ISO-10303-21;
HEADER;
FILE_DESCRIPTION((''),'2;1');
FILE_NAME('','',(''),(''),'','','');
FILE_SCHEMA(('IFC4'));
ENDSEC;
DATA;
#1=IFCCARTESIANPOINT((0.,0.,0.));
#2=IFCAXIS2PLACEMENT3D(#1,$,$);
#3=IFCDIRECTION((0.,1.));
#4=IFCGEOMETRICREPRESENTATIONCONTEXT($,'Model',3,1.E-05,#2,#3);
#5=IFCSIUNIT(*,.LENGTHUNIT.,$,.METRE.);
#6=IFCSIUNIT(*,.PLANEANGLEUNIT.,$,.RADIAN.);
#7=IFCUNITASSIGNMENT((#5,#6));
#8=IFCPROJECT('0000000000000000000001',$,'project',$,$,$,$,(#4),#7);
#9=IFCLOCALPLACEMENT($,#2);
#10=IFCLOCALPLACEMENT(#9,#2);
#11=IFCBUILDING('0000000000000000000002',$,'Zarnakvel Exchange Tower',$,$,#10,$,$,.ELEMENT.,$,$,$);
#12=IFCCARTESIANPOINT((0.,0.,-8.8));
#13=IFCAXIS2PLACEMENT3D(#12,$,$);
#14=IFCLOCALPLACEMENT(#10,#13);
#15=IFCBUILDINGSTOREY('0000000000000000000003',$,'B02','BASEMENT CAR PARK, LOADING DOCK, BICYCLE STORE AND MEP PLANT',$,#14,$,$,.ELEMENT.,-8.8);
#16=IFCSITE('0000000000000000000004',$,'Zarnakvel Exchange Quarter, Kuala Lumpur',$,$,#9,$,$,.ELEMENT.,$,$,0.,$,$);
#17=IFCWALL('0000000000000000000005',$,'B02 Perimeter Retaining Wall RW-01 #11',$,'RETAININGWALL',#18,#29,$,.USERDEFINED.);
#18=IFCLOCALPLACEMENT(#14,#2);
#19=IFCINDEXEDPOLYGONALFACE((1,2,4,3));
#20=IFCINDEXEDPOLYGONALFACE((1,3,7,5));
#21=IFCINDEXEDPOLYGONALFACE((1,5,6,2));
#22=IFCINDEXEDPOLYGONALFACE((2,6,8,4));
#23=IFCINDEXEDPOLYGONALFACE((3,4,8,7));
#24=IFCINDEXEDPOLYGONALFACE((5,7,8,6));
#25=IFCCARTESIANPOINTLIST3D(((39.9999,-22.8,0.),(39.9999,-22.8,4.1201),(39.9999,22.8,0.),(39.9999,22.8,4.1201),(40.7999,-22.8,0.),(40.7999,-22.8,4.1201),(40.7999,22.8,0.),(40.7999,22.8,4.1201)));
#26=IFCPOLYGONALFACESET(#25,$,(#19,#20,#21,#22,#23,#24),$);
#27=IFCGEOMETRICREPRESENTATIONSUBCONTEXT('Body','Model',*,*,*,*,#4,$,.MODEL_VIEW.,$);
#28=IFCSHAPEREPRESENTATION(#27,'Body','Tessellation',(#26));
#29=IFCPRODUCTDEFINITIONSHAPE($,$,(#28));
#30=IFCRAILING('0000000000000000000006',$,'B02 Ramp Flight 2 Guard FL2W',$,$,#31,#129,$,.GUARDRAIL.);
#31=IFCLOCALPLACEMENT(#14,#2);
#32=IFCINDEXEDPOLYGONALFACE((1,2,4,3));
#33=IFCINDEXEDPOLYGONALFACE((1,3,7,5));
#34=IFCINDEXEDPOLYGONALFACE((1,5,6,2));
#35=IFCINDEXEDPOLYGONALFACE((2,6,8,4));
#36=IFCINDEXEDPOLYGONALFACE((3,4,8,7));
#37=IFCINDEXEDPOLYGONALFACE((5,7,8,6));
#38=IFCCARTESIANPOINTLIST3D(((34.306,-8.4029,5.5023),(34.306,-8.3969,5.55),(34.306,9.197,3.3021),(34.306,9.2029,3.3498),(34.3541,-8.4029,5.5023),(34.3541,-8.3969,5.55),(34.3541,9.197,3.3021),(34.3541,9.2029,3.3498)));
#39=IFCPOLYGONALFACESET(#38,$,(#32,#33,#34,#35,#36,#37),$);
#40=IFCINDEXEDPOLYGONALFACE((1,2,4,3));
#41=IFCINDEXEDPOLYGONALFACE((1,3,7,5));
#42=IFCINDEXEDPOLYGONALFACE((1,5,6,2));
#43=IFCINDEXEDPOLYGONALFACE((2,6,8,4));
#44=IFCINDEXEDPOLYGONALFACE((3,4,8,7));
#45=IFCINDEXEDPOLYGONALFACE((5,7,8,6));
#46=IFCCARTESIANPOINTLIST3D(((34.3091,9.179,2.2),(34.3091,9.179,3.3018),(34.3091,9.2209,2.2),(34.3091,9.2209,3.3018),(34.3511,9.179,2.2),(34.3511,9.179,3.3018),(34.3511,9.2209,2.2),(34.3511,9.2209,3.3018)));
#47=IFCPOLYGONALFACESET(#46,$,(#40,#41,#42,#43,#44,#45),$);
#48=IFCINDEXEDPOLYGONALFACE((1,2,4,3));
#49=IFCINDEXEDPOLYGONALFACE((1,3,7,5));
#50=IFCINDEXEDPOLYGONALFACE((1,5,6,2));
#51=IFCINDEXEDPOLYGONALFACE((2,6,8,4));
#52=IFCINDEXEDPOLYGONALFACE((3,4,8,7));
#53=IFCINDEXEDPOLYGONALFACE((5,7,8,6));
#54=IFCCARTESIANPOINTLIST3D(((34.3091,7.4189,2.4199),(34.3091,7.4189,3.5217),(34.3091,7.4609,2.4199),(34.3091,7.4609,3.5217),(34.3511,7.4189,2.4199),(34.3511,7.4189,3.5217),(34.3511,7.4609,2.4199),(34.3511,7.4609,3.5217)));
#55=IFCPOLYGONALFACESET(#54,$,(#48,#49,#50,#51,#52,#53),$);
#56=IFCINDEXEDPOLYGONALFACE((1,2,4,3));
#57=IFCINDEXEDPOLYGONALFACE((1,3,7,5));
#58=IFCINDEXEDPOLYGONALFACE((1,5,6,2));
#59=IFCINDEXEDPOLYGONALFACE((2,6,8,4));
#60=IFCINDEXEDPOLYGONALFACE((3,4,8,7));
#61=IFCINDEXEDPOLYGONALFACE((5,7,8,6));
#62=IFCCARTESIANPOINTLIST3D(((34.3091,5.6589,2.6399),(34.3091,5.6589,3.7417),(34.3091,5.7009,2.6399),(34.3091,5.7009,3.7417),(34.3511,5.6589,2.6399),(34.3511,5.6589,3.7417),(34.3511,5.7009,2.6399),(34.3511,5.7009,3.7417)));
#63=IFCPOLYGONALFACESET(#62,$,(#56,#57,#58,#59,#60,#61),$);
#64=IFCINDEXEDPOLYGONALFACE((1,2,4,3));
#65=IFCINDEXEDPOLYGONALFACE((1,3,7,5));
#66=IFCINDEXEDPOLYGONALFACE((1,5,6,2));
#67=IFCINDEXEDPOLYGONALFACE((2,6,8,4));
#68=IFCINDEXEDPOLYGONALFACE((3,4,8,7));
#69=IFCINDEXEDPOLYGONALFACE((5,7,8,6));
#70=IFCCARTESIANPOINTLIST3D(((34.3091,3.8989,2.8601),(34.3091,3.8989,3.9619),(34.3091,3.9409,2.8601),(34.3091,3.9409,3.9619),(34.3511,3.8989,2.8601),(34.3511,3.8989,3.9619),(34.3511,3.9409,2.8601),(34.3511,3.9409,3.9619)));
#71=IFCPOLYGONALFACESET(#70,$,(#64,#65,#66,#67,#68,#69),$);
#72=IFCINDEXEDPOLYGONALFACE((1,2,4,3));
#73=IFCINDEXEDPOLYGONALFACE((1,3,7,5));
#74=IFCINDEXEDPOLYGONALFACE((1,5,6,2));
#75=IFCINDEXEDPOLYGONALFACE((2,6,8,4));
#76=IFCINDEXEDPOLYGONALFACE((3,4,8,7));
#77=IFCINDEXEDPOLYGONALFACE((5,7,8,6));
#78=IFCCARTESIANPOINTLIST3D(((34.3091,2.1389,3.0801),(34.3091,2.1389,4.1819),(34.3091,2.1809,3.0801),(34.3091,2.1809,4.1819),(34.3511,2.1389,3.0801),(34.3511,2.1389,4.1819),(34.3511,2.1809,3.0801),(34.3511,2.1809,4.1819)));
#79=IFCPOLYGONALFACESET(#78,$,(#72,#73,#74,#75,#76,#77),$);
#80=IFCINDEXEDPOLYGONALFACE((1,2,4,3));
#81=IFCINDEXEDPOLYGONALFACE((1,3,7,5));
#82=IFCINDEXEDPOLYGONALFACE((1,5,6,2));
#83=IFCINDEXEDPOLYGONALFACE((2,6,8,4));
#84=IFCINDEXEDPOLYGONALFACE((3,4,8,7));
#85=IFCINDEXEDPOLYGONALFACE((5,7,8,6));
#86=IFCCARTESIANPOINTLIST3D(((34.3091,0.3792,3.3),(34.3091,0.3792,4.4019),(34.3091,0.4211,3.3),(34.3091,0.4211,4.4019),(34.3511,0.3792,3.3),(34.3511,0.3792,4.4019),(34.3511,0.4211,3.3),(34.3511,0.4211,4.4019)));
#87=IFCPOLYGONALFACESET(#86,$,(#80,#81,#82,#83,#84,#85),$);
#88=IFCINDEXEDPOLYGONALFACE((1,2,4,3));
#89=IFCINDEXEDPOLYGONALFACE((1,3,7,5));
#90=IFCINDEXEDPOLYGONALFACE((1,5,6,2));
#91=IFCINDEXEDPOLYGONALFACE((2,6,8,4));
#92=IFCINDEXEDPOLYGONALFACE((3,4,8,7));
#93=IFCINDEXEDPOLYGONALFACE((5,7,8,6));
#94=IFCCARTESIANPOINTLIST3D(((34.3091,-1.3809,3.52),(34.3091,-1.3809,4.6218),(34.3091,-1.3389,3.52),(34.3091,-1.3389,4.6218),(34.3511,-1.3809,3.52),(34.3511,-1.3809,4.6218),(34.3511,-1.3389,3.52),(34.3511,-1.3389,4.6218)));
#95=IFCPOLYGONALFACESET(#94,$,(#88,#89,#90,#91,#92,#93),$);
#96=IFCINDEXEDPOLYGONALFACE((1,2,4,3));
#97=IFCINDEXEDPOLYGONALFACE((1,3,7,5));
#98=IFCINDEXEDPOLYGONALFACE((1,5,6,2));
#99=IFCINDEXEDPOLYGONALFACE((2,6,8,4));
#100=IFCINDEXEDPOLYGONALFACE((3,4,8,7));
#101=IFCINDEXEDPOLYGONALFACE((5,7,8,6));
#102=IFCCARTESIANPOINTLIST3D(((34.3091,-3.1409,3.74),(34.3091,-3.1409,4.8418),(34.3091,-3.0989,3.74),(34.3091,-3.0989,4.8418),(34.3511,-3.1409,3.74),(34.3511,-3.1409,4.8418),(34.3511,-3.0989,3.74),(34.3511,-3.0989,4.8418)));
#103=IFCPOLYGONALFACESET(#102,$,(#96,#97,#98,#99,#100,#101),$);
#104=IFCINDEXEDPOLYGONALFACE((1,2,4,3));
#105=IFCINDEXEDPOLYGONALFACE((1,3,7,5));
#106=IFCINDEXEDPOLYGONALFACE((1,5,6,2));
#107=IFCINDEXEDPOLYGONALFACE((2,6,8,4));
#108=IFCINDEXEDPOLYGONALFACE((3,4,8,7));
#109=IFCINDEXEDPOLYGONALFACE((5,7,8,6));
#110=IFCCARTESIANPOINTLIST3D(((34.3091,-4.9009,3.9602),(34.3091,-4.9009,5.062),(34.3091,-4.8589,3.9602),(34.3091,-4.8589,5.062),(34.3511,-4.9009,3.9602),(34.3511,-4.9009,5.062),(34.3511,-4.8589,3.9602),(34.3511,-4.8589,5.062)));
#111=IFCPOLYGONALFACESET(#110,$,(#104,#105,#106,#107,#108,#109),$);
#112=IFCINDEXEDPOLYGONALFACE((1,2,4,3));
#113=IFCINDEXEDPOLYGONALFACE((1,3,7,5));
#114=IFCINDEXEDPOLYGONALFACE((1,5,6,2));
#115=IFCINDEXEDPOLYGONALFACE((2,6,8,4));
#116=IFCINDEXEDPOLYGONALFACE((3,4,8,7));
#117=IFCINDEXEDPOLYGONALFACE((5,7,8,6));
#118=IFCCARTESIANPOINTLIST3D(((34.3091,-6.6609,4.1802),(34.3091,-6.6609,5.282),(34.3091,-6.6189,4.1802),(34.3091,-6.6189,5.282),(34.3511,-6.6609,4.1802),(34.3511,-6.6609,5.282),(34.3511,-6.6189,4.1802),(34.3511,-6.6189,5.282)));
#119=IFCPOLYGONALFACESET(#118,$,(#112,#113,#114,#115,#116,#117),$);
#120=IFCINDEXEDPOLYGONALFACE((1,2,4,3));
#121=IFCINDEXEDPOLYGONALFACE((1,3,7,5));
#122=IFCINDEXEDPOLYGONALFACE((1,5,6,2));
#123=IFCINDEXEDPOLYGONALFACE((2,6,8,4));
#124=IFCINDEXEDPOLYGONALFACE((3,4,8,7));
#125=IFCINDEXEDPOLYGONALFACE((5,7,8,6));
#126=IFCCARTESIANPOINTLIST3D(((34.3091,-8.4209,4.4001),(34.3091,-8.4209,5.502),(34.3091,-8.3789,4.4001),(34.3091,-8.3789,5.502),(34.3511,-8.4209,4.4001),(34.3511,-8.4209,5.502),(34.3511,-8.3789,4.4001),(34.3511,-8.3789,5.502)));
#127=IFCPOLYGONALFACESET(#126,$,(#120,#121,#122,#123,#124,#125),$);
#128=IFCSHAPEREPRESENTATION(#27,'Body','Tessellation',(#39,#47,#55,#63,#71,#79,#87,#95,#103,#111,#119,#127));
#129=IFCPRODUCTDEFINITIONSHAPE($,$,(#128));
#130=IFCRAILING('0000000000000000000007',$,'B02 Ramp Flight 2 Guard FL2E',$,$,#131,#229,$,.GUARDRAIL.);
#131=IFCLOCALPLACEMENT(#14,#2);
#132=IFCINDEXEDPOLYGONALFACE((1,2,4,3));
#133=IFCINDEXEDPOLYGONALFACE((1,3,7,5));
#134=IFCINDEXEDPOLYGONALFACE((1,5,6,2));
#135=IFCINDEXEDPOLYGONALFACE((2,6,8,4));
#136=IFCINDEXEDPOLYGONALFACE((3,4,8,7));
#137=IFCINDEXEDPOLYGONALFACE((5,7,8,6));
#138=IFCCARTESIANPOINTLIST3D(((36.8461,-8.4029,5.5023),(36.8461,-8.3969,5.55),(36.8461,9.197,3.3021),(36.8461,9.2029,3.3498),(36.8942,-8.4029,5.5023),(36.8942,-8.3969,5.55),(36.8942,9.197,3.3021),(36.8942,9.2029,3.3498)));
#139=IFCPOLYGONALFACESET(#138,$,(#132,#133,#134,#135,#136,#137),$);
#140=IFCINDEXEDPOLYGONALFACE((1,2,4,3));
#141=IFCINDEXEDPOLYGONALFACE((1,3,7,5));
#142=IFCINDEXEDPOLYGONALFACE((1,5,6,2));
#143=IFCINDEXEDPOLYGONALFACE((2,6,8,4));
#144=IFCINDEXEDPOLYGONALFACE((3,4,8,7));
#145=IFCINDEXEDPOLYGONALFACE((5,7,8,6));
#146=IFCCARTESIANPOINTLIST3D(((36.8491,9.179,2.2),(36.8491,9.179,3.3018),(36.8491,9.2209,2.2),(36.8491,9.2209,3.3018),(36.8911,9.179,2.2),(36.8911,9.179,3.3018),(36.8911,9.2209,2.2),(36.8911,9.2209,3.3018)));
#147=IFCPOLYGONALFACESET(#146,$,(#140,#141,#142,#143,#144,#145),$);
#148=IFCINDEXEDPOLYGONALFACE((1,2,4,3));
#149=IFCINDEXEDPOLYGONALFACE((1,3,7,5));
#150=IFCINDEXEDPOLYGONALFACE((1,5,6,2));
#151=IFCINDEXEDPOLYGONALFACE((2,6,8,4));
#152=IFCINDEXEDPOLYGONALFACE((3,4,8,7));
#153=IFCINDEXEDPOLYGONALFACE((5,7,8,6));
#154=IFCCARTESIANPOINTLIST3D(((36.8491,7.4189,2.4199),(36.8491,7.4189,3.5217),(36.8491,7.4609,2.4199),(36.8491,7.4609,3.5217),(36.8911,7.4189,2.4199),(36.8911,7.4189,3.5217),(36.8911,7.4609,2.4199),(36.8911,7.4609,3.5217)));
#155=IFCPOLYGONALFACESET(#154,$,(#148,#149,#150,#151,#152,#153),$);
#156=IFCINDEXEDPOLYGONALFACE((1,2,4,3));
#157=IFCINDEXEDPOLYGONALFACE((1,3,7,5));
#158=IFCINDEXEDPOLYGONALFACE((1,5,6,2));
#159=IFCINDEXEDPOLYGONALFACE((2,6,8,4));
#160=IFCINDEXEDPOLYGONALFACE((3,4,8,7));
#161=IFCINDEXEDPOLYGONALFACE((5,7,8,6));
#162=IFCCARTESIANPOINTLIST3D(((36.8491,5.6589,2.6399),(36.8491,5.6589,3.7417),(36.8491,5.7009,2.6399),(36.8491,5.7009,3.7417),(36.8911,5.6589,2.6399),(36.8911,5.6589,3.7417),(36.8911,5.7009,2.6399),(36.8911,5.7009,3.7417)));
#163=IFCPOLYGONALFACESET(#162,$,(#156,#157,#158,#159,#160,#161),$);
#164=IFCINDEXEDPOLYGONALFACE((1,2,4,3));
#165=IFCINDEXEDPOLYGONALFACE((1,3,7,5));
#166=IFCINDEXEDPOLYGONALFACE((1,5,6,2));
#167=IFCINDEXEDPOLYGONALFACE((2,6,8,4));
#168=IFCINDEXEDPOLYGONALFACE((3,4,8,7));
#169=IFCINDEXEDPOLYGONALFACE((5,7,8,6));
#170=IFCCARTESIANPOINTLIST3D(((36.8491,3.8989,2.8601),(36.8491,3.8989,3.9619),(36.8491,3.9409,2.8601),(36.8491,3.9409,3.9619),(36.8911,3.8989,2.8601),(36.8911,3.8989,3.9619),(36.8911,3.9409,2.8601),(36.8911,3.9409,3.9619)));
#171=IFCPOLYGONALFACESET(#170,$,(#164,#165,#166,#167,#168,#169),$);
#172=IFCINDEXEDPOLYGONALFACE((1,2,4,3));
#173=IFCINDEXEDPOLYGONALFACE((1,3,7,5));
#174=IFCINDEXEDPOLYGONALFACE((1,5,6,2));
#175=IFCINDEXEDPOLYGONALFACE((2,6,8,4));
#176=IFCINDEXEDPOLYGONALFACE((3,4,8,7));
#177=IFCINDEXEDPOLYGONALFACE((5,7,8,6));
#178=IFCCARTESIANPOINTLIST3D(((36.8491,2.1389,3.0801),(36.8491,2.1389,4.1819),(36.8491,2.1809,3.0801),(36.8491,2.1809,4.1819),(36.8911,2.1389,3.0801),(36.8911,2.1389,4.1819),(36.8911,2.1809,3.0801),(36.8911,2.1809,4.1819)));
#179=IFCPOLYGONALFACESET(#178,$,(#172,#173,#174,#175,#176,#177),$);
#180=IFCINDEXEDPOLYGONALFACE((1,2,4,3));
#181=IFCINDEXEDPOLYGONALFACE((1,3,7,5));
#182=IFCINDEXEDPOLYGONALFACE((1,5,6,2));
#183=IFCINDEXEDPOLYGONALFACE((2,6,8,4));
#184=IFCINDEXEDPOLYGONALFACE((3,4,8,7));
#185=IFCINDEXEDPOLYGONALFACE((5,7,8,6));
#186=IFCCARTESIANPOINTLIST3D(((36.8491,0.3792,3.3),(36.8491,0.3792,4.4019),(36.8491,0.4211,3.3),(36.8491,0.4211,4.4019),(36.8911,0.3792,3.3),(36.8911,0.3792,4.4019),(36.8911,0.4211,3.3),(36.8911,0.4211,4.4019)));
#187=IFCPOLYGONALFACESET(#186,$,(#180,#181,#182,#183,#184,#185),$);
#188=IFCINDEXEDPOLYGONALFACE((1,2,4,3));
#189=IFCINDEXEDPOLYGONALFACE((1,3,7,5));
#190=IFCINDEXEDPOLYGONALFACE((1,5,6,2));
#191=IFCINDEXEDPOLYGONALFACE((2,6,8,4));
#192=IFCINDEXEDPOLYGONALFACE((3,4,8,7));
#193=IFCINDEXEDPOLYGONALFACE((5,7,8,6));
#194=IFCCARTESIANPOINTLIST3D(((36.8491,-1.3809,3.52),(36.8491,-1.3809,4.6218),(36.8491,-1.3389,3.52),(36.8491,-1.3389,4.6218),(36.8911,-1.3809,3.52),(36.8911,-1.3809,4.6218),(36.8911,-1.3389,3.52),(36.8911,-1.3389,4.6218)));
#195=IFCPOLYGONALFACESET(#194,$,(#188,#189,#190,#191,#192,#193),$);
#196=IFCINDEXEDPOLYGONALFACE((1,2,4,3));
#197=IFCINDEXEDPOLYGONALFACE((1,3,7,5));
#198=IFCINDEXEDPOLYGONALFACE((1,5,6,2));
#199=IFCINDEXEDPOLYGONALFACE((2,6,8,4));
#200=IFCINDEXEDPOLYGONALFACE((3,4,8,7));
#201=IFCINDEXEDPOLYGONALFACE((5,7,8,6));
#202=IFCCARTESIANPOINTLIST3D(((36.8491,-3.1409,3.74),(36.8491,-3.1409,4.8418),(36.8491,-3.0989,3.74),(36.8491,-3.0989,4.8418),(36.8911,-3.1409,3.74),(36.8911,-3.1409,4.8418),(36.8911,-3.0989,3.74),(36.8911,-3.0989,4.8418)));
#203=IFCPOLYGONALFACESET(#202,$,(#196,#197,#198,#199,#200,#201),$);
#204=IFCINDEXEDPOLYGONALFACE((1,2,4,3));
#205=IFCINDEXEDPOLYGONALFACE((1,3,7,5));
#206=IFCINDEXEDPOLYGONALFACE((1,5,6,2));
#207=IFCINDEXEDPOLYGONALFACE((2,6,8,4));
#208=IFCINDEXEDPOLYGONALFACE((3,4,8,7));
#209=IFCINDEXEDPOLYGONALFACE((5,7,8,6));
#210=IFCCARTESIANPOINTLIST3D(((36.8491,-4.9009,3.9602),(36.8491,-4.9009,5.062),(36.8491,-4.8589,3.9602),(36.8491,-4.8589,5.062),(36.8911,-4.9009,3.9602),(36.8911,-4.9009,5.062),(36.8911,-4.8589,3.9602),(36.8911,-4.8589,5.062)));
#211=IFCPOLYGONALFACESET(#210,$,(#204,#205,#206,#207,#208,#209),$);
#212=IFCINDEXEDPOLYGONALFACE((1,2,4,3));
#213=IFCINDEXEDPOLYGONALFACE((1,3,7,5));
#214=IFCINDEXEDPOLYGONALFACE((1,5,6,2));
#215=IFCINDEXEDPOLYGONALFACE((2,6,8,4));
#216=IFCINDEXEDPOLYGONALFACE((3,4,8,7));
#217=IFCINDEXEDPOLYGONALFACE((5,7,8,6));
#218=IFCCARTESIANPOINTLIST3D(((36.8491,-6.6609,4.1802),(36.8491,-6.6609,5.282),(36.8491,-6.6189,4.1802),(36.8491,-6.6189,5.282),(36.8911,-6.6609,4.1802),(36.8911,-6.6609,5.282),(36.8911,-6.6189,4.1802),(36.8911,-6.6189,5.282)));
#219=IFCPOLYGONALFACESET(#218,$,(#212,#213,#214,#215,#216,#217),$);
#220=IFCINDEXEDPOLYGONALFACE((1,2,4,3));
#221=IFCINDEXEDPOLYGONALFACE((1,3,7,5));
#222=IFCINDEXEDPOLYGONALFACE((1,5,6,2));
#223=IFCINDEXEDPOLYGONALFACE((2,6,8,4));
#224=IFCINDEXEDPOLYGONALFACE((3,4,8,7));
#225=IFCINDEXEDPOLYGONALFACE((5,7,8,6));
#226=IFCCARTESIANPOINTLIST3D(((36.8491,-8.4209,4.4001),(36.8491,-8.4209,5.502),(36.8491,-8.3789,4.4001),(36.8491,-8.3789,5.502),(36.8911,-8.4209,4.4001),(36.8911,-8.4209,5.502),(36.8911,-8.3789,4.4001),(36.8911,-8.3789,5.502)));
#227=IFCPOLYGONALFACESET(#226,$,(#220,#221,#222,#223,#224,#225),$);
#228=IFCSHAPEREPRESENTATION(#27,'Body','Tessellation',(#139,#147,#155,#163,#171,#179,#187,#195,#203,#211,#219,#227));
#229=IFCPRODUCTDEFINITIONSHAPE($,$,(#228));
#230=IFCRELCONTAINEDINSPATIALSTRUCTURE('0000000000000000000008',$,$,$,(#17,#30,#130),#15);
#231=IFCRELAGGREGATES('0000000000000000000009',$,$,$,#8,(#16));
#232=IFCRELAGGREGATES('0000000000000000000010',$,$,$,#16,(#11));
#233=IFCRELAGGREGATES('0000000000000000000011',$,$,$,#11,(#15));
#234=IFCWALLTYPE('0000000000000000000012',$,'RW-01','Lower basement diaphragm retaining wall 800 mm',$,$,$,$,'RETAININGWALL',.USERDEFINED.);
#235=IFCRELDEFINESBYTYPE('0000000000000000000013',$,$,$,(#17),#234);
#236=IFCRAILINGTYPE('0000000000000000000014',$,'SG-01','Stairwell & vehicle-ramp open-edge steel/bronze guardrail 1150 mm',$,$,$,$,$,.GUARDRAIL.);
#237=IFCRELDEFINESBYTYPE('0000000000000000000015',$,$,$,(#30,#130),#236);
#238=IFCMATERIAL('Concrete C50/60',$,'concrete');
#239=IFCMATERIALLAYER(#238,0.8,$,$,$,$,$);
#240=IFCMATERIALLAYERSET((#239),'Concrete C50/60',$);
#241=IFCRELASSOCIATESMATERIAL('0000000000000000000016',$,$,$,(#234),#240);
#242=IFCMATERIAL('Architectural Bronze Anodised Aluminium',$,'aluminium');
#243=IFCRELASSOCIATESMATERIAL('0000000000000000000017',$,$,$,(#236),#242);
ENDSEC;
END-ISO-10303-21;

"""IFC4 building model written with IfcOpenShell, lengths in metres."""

from ifc_helpers import new_model, si_unit, direction, frame, frame_2d, origin, origin_2d, place, context, subcontext, project, spatial, rectangle, extrude, material, layer, layer_set, type_object, element, save


model = new_model("IFC4")

# Units and contexts
model_context = context("Model", 3, precision=1e-05, world=origin(), true_north=direction((0.0, 1.0)))
body_context = subcontext(model_context, "Body", "Model", "MODEL_VIEW")
ifc_project = project(units=[si_unit("LENGTHUNIT", "METRE"), si_unit("PLANEANGLEUNIT", "RADIAN")], contexts=[model_context])

# Site, building, storey
site_placement = place(None, origin())
site = spatial("IfcSite", under=ifc_project, at=site_placement, Name="Zarnakvel Exchange Quarter, Kuala Lumpur", CompositionType="ELEMENT", RefElevation=0.0)
building_placement = place(site_placement, origin())
building = spatial("IfcBuilding", under=site, at=building_placement, Name="Zarnakvel Exchange Tower", CompositionType="ELEMENT")
storey_placement = place(building_placement, frame((0.0, 0.0, -8.8)))
storey = spatial("IfcBuildingStorey", under=building, at=storey_placement, Name="B02", Description="BASEMENT CAR PARK, LOADING DOCK, BICYCLE STORE AND MEP PLANT", CompositionType="ELEMENT", Elevation=-8.8)

# Shared definitions
ifc_material_1 = material(Name="Concrete C50/60", Category="concrete")

# Wall
ifc_layer_1 = layer(ifc_material_1, 0.8)
ifc_layer_set_1 = layer_set([ifc_layer_1], Name="Concrete C50/60")
wall_type_1 = type_object("IfcWallType", Name="RW-01", Description="Lower basement diaphragm retaining wall 800 mm", ElementType="RETAININGWALL", PredefinedType="USERDEFINED", material=ifc_layer_set_1)
wall_1_placement = place(storey_placement, frame((40.3999, 22.8, 0.0), z_axis=(0.0, 0.0, 1.0), x_axis=(0.0, -1.0, 0.0)))
element("IfcWall", 1, at=wall_1_placement, inside=storey, type_object=wall_type_1, Name="B02 Perimeter Retaining Wall RW-01 #11", ObjectType="RETAININGWALL", PredefinedType="USERDEFINED", context=body_context, shape_type="SweptSolid", body=[
    extrude(rectangle(XDim=45.6001, YDim=0.8, at=frame_2d((22.8, 0.0))), origin(), (0.0, 0.0, 1.0), 4.1201),
])

# Railings
ifc_material_2 = material(Name="Architectural Bronze Anodised Aluminium", Category="aluminium")
railing_type = type_object("IfcRailingType", Name="SG-01", Description="Stairwell & vehicle-ramp open-edge steel/bronze guardrail 1150 mm", PredefinedType="GUARDRAIL", material=ifc_material_2)
railing_1_placement = place(storey_placement, frame((34.3301, 9.2, 2.2)))
element("IfcRailing", 2, at=railing_1_placement, inside=storey, type_object=railing_type, Name="B02 Ramp Flight 2 Guard FL2W", PredefinedType="GUARDRAIL", context=body_context, shape_type="SweptSolid", body=[
    extrude(rectangle(XDim=0.0481, YDim=0.0481, at=origin_2d()), frame((0.0, 0.0, 1.126), z_axis=(0.0, -0.992276, 0.124047), x_axis=(1.0, 0.0, 0.0)), (0.0, 0.0, 1.0), 17.7368),
    extrude(rectangle(XDim=0.042, YDim=0.042, at=origin_2d()), origin(), (0.0, 0.0, 1.0), 1.1018),
    extrude(rectangle(XDim=0.042, YDim=0.042, at=origin_2d()), frame((0.0, -1.76, 0.22)), (0.0, 0.0, 1.0), 1.1018),
    extrude(rectangle(XDim=0.042, YDim=0.042, at=origin_2d()), frame((0.0, -3.52, 0.4399)), (0.0, 0.0, 1.0), 1.1018),
    extrude(rectangle(XDim=0.042, YDim=0.042, at=origin_2d()), frame((0.0, -5.28, 0.6602)), (0.0, 0.0, 1.0), 1.1018),
    extrude(rectangle(XDim=0.042, YDim=0.042, at=origin_2d()), frame((0.0, -7.04, 0.8801)), (0.0, 0.0, 1.0), 1.1018),
    extrude(rectangle(XDim=0.042, YDim=0.042, at=origin_2d()), frame((0.0, -8.7998, 1.1001)), (0.0, 0.0, 1.0), 1.1018),
    extrude(rectangle(XDim=0.042, YDim=0.042, at=origin_2d()), frame((0.0, -10.5598, 1.3201)), (0.0, 0.0, 1.0), 1.1018),
    extrude(rectangle(XDim=0.042, YDim=0.042, at=origin_2d()), frame((0.0, -12.3198, 1.54)), (0.0, 0.0, 1.0), 1.1018),
    extrude(rectangle(XDim=0.042, YDim=0.042, at=origin_2d()), frame((0.0, -14.0798, 1.7603)), (0.0, 0.0, 1.0), 1.1018),
    extrude(rectangle(XDim=0.042, YDim=0.042, at=origin_2d()), frame((0.0, -15.8398, 1.9802)), (0.0, 0.0, 1.0), 1.1018),
    extrude(rectangle(XDim=0.042, YDim=0.042, at=origin_2d()), frame((0.0, -17.5999, 2.2002)), (0.0, 0.0, 1.0), 1.1018),
])
railing_2_placement = place(storey_placement, frame((36.8701, 9.2, 2.2)))
element("IfcRailing", 3, at=railing_2_placement, inside=storey, type_object=railing_type, Name="B02 Ramp Flight 2 Guard FL2E", PredefinedType="GUARDRAIL", context=body_context, shape_type="SweptSolid", body=[
    extrude(rectangle(XDim=0.0481, YDim=0.0481, at=origin_2d()), frame((0.0, 0.0, 1.126), z_axis=(0.0, -0.992276, 0.124047), x_axis=(1.0, 0.0, 0.0)), (0.0, 0.0, 1.0), 17.7368),
    extrude(rectangle(XDim=0.042, YDim=0.042, at=origin_2d()), origin(), (0.0, 0.0, 1.0), 1.1018),
    extrude(rectangle(XDim=0.042, YDim=0.042, at=origin_2d()), frame((0.0, -1.76, 0.22)), (0.0, 0.0, 1.0), 1.1018),
    extrude(rectangle(XDim=0.042, YDim=0.042, at=origin_2d()), frame((0.0, -3.52, 0.4399)), (0.0, 0.0, 1.0), 1.1018),
    extrude(rectangle(XDim=0.042, YDim=0.042, at=origin_2d()), frame((0.0, -5.28, 0.6602)), (0.0, 0.0, 1.0), 1.1018),
    extrude(rectangle(XDim=0.042, YDim=0.042, at=origin_2d()), frame((0.0, -7.04, 0.8801)), (0.0, 0.0, 1.0), 1.1018),
    extrude(rectangle(XDim=0.042, YDim=0.042, at=origin_2d()), frame((0.0, -8.7998, 1.1001)), (0.0, 0.0, 1.0), 1.1018),
    extrude(rectangle(XDim=0.042, YDim=0.042, at=origin_2d()), frame((0.0, -10.5598, 1.3201)), (0.0, 0.0, 1.0), 1.1018),
    extrude(rectangle(XDim=0.042, YDim=0.042, at=origin_2d()), frame((0.0, -12.3198, 1.54)), (0.0, 0.0, 1.0), 1.1018),
    extrude(rectangle(XDim=0.042, YDim=0.042, at=origin_2d()), frame((0.0, -14.0798, 1.7603)), (0.0, 0.0, 1.0), 1.1018),
    extrude(rectangle(XDim=0.042, YDim=0.042, at=origin_2d()), frame((0.0, -15.8398, 1.9802)), (0.0, 0.0, 1.0), 1.1018),
    extrude(rectangle(XDim=0.042, YDim=0.042, at=origin_2d()), frame((0.0, -17.5999, 2.2002)), (0.0, 0.0, 1.0), 1.1018),
])

save(model, "model.ifc")
